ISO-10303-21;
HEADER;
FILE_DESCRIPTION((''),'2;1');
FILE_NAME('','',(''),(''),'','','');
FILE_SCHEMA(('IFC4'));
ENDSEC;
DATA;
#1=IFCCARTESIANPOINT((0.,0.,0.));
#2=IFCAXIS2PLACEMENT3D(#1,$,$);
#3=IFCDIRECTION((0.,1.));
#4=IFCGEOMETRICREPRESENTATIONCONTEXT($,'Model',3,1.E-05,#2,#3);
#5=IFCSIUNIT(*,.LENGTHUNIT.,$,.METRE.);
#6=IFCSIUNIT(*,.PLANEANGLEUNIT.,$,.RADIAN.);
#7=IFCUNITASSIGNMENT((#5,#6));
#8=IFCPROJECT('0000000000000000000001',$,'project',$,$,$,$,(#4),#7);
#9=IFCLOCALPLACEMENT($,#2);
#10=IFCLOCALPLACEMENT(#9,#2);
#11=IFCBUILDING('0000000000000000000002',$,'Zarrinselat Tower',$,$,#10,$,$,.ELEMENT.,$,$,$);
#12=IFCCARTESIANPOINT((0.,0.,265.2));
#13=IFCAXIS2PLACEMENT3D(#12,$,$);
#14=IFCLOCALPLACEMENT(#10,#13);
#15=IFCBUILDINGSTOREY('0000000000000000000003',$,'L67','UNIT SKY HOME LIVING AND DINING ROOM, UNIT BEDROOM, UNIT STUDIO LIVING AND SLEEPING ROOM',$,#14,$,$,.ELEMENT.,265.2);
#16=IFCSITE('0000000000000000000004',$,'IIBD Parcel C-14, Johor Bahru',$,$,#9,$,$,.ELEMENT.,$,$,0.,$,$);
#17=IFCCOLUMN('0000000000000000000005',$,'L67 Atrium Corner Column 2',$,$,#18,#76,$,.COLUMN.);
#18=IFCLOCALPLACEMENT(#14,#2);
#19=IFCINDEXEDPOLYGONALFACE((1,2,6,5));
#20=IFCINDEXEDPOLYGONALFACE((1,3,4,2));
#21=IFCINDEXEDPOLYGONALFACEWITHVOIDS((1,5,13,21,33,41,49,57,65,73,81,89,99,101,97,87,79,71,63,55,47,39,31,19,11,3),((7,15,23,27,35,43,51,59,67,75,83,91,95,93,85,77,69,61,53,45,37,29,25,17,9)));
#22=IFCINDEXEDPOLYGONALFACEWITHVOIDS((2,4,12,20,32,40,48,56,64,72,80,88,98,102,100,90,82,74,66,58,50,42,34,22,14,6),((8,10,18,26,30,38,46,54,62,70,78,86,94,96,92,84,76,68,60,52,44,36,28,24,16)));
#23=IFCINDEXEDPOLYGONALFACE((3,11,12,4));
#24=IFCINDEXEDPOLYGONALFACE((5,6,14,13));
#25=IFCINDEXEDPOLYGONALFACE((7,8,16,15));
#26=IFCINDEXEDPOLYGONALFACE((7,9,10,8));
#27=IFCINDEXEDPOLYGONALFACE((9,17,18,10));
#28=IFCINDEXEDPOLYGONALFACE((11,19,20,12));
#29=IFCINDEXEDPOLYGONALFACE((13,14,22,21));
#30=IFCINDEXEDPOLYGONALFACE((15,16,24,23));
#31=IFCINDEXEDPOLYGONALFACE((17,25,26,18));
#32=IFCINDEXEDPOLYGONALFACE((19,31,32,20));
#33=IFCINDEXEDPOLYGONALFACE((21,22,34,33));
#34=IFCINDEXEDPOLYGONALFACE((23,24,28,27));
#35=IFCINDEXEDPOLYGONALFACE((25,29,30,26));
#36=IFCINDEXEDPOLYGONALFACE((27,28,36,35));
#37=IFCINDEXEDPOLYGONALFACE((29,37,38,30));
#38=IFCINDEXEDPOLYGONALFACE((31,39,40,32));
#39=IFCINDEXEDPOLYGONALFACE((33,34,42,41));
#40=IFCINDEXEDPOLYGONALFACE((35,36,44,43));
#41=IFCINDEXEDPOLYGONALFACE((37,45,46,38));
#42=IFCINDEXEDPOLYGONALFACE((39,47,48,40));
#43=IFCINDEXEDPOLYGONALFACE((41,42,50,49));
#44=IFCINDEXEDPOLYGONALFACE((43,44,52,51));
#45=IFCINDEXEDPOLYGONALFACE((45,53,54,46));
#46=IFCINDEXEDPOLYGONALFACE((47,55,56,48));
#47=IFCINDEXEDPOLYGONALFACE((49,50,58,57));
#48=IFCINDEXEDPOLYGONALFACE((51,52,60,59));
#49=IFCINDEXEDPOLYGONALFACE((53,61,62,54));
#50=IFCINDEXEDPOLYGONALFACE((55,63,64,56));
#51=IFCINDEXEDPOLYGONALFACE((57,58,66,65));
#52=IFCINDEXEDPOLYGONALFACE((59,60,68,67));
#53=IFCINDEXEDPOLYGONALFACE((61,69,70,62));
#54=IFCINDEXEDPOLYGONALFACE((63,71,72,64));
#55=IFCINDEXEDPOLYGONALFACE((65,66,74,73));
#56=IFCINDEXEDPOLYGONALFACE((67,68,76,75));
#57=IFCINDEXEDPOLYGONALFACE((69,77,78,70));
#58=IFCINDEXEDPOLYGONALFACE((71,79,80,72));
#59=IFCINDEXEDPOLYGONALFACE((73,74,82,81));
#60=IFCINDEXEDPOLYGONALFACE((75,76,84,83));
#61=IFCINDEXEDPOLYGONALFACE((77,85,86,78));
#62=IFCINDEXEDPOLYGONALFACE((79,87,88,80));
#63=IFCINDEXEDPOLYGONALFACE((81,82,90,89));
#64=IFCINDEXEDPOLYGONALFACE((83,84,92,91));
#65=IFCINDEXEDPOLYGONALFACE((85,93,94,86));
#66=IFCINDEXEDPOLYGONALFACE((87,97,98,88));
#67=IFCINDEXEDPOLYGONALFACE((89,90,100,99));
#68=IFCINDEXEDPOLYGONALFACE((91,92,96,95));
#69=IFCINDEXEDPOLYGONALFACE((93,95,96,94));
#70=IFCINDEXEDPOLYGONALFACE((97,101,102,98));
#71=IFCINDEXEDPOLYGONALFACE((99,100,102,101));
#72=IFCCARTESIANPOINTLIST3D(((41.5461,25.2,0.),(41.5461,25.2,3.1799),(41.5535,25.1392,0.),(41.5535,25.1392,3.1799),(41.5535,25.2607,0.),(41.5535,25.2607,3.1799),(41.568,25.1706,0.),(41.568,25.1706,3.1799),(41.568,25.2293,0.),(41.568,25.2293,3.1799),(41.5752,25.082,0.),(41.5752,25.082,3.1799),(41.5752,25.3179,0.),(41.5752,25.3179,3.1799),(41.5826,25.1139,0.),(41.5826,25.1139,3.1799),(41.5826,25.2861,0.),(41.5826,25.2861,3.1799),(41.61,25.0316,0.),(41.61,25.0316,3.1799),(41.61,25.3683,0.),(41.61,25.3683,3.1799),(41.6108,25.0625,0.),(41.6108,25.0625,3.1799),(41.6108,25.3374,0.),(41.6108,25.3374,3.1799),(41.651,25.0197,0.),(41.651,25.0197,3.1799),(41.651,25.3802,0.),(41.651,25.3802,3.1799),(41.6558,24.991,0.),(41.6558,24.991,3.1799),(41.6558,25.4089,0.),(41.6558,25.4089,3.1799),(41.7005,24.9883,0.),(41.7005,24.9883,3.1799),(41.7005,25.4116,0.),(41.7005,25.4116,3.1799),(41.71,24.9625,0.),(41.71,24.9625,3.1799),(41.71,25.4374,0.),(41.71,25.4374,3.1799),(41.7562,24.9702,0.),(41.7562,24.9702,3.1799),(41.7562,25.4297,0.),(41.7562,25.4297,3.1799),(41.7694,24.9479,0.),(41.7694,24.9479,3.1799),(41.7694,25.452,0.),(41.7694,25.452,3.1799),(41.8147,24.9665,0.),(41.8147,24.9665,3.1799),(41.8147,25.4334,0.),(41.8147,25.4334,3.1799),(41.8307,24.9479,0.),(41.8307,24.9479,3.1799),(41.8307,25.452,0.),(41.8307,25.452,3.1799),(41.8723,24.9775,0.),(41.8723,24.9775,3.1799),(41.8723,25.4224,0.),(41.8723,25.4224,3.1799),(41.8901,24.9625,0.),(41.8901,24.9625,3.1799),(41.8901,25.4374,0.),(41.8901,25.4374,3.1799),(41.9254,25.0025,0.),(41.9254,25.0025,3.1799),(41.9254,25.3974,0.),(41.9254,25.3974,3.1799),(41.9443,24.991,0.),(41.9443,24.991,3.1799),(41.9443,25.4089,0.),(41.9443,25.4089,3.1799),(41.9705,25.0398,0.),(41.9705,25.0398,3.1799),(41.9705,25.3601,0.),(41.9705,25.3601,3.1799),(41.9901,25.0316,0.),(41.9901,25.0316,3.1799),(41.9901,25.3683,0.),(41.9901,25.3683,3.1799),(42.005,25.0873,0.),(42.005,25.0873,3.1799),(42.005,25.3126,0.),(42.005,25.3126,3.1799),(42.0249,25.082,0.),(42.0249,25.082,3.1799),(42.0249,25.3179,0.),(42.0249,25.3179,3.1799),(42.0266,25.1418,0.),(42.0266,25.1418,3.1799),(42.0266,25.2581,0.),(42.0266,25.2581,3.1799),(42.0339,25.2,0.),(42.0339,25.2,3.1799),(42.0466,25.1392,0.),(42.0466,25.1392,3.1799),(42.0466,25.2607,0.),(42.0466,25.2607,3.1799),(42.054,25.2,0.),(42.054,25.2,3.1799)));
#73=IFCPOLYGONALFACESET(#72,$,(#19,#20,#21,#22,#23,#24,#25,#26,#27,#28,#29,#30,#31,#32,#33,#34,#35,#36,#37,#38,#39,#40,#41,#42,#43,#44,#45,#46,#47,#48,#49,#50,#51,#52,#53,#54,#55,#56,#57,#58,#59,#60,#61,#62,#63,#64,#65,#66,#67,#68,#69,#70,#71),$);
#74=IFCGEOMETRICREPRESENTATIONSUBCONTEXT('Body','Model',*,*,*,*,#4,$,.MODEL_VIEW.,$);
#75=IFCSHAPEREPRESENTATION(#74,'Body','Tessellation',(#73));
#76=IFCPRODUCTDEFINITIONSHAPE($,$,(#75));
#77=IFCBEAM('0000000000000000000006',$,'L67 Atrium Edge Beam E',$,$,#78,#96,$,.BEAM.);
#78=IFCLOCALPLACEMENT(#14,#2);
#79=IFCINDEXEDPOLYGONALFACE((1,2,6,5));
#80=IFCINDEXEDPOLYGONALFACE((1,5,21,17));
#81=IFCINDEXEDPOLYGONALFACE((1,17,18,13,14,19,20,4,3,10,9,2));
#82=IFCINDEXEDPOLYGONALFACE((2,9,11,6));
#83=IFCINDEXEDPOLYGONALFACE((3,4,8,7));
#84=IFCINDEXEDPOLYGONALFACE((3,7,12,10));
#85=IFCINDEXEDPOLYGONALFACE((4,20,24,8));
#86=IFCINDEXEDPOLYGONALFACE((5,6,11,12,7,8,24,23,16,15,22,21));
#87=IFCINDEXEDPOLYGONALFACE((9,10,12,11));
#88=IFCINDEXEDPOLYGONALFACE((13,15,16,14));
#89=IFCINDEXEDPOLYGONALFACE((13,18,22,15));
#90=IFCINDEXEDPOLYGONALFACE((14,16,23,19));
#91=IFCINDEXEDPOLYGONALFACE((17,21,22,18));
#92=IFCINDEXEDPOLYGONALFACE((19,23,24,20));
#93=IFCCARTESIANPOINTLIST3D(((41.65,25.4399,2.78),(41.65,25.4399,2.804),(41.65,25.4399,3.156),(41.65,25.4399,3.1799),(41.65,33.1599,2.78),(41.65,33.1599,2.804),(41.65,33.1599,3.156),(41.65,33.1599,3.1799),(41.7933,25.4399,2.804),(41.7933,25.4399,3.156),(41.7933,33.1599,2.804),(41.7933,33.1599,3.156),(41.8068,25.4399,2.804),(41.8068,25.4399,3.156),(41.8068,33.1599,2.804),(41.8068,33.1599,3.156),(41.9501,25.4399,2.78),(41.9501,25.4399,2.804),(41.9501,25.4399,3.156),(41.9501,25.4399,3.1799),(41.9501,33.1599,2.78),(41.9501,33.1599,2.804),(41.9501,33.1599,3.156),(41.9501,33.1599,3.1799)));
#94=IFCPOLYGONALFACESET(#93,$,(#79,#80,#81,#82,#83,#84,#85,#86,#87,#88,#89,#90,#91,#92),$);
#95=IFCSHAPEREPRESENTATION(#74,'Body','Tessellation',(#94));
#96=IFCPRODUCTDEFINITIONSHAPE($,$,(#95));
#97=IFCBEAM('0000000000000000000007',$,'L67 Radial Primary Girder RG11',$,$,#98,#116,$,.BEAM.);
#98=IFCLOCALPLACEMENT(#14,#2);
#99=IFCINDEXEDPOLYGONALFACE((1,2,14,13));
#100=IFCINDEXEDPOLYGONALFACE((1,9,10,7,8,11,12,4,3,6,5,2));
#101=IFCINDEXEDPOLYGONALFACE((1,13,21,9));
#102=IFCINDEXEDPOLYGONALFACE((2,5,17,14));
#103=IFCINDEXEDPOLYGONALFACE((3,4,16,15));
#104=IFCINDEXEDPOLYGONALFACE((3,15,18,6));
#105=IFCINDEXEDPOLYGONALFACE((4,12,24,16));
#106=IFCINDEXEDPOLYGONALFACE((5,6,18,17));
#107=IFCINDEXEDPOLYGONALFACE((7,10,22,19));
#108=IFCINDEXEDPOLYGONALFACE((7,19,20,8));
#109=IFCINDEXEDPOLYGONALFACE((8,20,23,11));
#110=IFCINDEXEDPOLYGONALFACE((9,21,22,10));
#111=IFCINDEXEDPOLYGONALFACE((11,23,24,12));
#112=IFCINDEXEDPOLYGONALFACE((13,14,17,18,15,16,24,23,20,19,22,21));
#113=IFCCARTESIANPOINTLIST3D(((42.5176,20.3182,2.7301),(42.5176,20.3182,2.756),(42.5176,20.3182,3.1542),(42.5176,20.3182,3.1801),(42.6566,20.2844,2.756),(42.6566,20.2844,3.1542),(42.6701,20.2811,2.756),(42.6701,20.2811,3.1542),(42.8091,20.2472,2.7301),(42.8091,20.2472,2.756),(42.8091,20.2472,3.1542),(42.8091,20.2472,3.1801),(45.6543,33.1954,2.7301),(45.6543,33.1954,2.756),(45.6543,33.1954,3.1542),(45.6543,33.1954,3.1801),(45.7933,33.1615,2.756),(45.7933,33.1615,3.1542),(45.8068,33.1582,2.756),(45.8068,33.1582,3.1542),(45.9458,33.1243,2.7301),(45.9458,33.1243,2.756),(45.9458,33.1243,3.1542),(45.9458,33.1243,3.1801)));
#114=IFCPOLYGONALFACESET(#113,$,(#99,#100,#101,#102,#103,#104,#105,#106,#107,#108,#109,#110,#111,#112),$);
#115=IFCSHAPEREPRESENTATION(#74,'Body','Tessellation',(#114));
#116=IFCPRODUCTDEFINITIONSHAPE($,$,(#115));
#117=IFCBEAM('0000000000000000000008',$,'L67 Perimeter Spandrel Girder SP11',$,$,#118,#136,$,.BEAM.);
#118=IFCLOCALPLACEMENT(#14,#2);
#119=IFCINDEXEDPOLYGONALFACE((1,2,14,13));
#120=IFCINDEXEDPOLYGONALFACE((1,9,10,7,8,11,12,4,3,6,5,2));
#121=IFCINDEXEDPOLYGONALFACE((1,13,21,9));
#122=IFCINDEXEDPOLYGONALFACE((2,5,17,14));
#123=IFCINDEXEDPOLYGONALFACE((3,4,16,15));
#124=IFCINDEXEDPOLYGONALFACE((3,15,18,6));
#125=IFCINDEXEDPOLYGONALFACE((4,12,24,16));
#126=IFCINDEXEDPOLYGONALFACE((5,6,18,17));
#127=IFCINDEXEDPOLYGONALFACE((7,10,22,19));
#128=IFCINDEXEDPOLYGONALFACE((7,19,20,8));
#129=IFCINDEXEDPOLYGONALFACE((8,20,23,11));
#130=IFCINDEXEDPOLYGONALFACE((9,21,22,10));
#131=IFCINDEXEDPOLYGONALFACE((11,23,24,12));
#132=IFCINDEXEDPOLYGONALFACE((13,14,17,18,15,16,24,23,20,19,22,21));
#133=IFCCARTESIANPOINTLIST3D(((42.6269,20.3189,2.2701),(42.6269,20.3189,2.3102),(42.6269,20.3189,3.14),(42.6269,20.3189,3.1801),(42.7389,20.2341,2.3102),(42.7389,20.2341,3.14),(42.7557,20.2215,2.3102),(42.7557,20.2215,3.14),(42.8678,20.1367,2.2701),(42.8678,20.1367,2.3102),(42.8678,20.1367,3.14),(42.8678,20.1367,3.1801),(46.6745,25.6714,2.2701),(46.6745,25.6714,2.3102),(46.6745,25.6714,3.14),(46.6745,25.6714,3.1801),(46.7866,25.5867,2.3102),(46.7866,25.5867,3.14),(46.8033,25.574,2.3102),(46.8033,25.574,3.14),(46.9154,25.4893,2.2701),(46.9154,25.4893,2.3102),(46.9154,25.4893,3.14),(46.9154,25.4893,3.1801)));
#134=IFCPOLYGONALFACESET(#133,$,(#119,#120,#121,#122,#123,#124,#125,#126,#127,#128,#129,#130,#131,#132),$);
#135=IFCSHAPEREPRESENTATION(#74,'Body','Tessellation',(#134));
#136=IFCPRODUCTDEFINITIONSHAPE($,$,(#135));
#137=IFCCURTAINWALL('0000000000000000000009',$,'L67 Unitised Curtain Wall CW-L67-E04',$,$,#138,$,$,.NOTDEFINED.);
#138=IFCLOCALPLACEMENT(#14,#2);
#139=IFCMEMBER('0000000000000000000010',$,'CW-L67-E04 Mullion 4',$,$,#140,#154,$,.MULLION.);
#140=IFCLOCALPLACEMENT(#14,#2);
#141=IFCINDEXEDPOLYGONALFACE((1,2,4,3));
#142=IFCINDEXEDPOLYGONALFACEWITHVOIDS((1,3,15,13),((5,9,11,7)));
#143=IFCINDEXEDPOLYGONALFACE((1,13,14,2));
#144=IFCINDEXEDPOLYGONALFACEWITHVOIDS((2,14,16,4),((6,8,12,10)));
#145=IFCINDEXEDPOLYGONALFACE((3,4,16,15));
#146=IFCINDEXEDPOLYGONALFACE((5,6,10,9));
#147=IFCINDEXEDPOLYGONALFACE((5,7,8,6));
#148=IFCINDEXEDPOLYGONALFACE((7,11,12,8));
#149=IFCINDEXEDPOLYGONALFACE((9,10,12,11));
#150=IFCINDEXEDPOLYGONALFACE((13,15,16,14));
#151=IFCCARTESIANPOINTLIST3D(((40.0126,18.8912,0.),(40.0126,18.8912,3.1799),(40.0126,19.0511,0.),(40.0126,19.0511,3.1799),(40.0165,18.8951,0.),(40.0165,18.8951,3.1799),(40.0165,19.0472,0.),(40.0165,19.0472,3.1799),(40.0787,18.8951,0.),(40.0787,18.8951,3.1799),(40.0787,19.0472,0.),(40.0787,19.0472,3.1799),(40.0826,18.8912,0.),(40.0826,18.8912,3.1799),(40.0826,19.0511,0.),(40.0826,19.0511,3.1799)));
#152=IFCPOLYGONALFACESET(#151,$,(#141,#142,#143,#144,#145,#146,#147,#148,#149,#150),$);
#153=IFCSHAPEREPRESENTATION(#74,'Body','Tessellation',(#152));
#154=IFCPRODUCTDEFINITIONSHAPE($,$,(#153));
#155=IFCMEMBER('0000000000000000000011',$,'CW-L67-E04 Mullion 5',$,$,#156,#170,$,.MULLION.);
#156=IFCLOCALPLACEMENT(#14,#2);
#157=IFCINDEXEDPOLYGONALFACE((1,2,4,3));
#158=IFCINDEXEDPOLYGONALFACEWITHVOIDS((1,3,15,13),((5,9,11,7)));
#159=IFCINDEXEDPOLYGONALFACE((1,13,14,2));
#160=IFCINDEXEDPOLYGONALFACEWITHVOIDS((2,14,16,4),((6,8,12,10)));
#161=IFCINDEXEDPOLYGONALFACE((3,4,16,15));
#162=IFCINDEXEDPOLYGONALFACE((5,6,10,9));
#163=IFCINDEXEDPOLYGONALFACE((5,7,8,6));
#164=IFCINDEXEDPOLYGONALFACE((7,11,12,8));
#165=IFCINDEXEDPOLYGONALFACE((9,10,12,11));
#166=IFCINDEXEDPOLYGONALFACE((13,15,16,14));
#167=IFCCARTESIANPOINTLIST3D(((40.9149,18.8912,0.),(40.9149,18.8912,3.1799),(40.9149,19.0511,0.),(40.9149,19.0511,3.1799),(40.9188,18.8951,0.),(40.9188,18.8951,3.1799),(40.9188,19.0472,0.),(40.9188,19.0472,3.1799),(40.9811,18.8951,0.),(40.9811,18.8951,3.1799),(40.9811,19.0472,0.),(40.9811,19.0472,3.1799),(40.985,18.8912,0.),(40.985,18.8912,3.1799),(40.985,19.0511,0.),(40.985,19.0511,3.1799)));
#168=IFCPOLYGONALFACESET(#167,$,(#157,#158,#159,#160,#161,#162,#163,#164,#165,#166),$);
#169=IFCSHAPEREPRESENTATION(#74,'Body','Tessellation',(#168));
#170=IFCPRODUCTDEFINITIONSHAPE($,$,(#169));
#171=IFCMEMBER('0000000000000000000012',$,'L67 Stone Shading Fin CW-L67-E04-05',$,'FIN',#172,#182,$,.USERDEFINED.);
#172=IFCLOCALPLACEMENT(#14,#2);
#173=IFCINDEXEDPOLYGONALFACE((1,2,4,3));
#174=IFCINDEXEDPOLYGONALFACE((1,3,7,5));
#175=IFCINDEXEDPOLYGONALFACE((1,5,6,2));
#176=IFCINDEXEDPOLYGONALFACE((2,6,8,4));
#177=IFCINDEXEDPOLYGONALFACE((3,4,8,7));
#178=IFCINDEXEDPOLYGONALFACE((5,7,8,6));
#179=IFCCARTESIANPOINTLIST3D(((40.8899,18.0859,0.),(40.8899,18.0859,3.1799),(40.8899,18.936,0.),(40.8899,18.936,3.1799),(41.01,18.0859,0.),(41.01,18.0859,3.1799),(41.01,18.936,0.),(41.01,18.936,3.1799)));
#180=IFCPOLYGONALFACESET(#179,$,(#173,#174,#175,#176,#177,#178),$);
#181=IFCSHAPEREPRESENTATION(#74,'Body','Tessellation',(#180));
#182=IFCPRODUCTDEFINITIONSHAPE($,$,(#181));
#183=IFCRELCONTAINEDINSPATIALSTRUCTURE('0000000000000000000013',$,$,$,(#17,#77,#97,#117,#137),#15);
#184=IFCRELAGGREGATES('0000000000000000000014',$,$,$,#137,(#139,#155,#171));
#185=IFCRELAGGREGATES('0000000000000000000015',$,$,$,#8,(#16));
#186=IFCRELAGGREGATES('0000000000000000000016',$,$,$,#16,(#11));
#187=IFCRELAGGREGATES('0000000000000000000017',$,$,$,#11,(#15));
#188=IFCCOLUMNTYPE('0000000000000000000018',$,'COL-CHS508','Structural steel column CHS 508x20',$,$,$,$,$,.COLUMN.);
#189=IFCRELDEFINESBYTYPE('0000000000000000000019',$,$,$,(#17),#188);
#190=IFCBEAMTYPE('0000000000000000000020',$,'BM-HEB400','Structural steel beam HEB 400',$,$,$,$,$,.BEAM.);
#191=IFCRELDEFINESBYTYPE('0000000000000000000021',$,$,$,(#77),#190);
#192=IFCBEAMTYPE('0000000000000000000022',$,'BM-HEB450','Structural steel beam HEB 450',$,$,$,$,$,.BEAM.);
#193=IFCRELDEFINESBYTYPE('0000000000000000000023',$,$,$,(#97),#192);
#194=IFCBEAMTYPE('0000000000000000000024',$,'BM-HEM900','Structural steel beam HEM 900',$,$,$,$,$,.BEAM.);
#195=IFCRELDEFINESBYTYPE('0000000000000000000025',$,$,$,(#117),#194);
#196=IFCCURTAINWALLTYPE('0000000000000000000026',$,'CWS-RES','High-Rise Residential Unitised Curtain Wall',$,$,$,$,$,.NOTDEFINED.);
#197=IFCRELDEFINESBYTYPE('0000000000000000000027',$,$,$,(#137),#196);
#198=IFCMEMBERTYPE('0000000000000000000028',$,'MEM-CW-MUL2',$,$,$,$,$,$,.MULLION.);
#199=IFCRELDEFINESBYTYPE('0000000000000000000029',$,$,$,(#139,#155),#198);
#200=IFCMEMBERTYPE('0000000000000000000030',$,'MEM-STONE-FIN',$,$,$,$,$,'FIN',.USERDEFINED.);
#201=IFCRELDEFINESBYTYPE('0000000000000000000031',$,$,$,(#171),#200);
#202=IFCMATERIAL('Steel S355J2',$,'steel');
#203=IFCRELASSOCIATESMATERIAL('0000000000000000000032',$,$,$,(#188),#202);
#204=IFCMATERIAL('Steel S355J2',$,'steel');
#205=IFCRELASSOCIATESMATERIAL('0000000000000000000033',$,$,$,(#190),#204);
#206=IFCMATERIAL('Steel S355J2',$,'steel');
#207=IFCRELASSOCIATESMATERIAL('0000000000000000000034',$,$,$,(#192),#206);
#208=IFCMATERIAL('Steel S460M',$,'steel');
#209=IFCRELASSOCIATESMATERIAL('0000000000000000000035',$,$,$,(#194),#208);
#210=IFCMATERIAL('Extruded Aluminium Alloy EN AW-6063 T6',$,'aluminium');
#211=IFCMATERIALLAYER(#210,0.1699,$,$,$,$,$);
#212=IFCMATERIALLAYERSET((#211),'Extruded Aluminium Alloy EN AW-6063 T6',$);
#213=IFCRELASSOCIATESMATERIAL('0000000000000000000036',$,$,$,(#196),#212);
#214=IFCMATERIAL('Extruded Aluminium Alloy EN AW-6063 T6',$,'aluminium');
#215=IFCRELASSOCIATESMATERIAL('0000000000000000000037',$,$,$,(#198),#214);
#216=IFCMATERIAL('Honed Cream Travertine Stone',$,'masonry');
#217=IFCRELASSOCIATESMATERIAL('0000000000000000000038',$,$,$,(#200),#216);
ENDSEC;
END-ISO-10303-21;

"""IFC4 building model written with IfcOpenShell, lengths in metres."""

from ifc_helpers import new_model, si_unit, direction, frame, origin, origin_2d, place, context, subcontext, project, spatial, rectangle, hollow_rectangle, hollow_circle, i_section, extrude, material, layer, layer_set, material_profile, profile_set, type_object, element, aggregate, save


model = new_model("IFC4")

# Units and contexts
model_context = context("Model", 3, precision=1e-05, world=origin(), true_north=direction((0.0, 1.0)))
body_context = subcontext(model_context, "Body", "Model", "MODEL_VIEW")
ifc_project = project(units=[si_unit("LENGTHUNIT", "METRE"), si_unit("PLANEANGLEUNIT", "RADIAN")], contexts=[model_context])

# Site, building, storey
site_placement = place(None, origin())
site = spatial("IfcSite", under=ifc_project, at=site_placement, Name="IIBD Parcel C-14, Johor Bahru", CompositionType="ELEMENT", RefElevation=0.0)
building_placement = place(site_placement, origin())
building = spatial("IfcBuilding", under=site, at=building_placement, Name="Zarrinselat Tower", CompositionType="ELEMENT")
storey_placement = place(building_placement, frame((0.0, 0.0, 265.2)))
storey = spatial("IfcBuildingStorey", under=building, at=storey_placement, Name="L67", Description="UNIT SKY HOME LIVING AND DINING ROOM, UNIT BEDROOM, UNIT STUDIO LIVING AND SLEEPING ROOM", CompositionType="ELEMENT", Elevation=265.2)

# Column
ifc_material_1 = material(Name="Steel S355J2", Category="steel")
ifc_material_profile_1 = material_profile(ifc_material_1, hollow_circle(Radius=0.2539, WallThickness=0.02, at=origin_2d()), Name="CHS 508x20")
ifc_profile_set_1 = profile_set([ifc_material_profile_1], Name="Steel S355J2")
column_type = type_object("IfcColumnType", Name="COL-CHS508", Description="Structural steel column CHS 508x20", PredefinedType="COLUMN", material=ifc_profile_set_1)
column_placement = place(storey_placement, frame((41.8, 25.2, 0.0), z_axis=(0.0, 0.0, 1.0), x_axis=(1.0, 0.0, 0.0)))
element("IfcColumn", 1, at=column_placement, inside=storey, type_object=column_type, Name="L67 Atrium Corner Column 2", PredefinedType="COLUMN", context=body_context, shape_type="SweptSolid", body=[
    extrude(hollow_circle(Radius=0.2539, WallThickness=0.02, at=origin_2d()), origin(), (0.0, 0.0, 1.0), 3.1799),
])

# Beams
ifc_material_2 = material(Name="Steel S355J2", Category="steel")
ifc_material_profile_2 = material_profile(ifc_material_2, i_section(OverallWidth=0.3, OverallDepth=0.3999, WebThickness=0.0134, FlangeThickness=0.0239, at=origin_2d()), Name="HEB 400")
ifc_profile_set_2 = profile_set([ifc_material_profile_2], Name="Steel S355J2")
beam_type_1 = type_object("IfcBeamType", Name="BM-HEB400", Description="Structural steel beam HEB 400", PredefinedType="BEAM", material=ifc_profile_set_2)
beam_1_placement = place(storey_placement, frame((41.8, 25.4399, 2.98), z_axis=(0.0, 1.0, 0.0), x_axis=(-1.0, 0.0, 0.0)))
element("IfcBeam", 2, at=beam_1_placement, inside=storey, type_object=beam_type_1, Name="L67 Atrium Edge Beam E", PredefinedType="BEAM", context=body_context, shape_type="SweptSolid", body=[
    extrude(i_section(OverallWidth=0.3, OverallDepth=0.3999, WebThickness=0.0134, FlangeThickness=0.0239, at=origin_2d()), origin(), (0.0, 0.0, 1.0), 7.72),
])
ifc_material_3 = material(Name="Steel S355J2", Category="steel")
ifc_material_profile_3 = material_profile(ifc_material_3, i_section(OverallWidth=0.3, OverallDepth=0.45, WebThickness=0.0139, FlangeThickness=0.0259, at=origin_2d()), Name="HEB 450")
ifc_profile_set_3 = profile_set([ifc_material_profile_3], Name="Steel S355J2")
beam_type_2 = type_object("IfcBeamType", Name="BM-HEB450", Description="Structural steel beam HEB 450", PredefinedType="BEAM", material=ifc_profile_set_3)
beam_2_placement = place(storey_placement, frame((42.6633, 20.2827, 2.9551), z_axis=(0.236667, 0.971591, 0.0), x_axis=(-0.971591, 0.236667, 0.0)))
element("IfcBeam", 3, at=beam_2_placement, inside=storey, type_object=beam_type_2, Name="L67 Radial Primary Girder RG11", PredefinedType="BEAM", context=body_context, shape_type="SweptSolid", body=[
    extrude(i_section(OverallWidth=0.3, OverallDepth=0.45, WebThickness=0.0139, FlangeThickness=0.0259, at=origin_2d()), origin(), (0.0, 0.0, 1.0), 13.2537),
])
ifc_material_4 = material(Name="Steel S460M", Category="steel")
ifc_material_profile_4 = material_profile(ifc_material_4, i_section(OverallWidth=0.302, OverallDepth=0.9099, WebThickness=0.021, FlangeThickness=0.04, at=origin_2d()), Name="HEM 900")
ifc_profile_set_4 = profile_set([ifc_material_profile_4], Name="Steel S460M")
beam_type_3 = type_object("IfcBeamType", Name="BM-HEM900", Description="Structural steel beam HEM 900", PredefinedType="BEAM", material=ifc_profile_set_4)
beam_3_placement = place(storey_placement, frame((42.7473, 20.2278, 2.7251), z_axis=(0.603162, 0.797619, 0.0), x_axis=(-0.797619, 0.603162, 0.0)))
element("IfcBeam", 4, at=beam_3_placement, inside=storey, type_object=beam_type_3, Name="L67 Perimeter Spandrel Girder SP11", PredefinedType="BEAM", context=body_context, shape_type="SweptSolid", body=[
    extrude(i_section(OverallWidth=0.302, OverallDepth=0.9099, WebThickness=0.021, FlangeThickness=0.04, at=origin_2d()), origin(), (0.0, 0.0, 1.0), 6.7107),
])

# Curtain wall, members
ifc_material_5 = material(Name="Extruded Aluminium Alloy EN AW-6063 T6", Category="aluminium")
ifc_layer_1 = layer(ifc_material_5, 0.1699)
ifc_layer_set_1 = layer_set([ifc_layer_1], Name="Extruded Aluminium Alloy EN AW-6063 T6")
curtain_wall_type = type_object("IfcCurtainWallType", Name="CWS-RES", Description="High-Rise Residential Unitised Curtain Wall", PredefinedType="NOTDEFINED", material=ifc_layer_set_1)
curtain_wall_placement = place(storey_placement, origin())
curtain_wall = element("IfcCurtainWall", 5, at=curtain_wall_placement, inside=storey, type_object=curtain_wall_type, Name="L67 Unitised Curtain Wall CW-L67-E04", PredefinedType="NOTDEFINED")
ifc_material_6 = material(Name="Extruded Aluminium Alloy EN AW-6063 T6", Category="aluminium")
ifc_material_profile_5 = material_profile(ifc_material_6, hollow_rectangle(XDim=0.0701, YDim=0.1599, WallThickness=0.0039, at=origin_2d()), Name="RHS 160x70x4")
ifc_profile_set_5 = profile_set([ifc_material_profile_5], Name="Extruded Aluminium Alloy EN AW-6063 T6")
member_type_1 = type_object("IfcMemberType", Name="MEM-CW-MUL2", PredefinedType="MULLION", material=ifc_profile_set_5)
member_1_placement = place(storey_placement, frame((40.0476, 18.9712, 0.0), z_axis=(0.0, 0.0, 1.0), x_axis=(1.0, 0.0, 0.0)))
member_1 = element("IfcMember", 6, at=member_1_placement, type_object=member_type_1, Name="CW-L67-E04 Mullion 4", PredefinedType="MULLION", context=body_context, shape_type="SweptSolid", body=[
    extrude(hollow_rectangle(XDim=0.0701, YDim=0.1599, WallThickness=0.0039, at=origin_2d()), origin(), (0.0, 0.0, 1.0), 3.1799),
])
member_2_placement = place(storey_placement, frame((40.95, 18.9712, 0.0), z_axis=(0.0, 0.0, 1.0), x_axis=(1.0, 0.0, 0.0)))
member_2 = element("IfcMember", 7, at=member_2_placement, type_object=member_type_1, Name="CW-L67-E04 Mullion 5", PredefinedType="MULLION", context=body_context, shape_type="SweptSolid", body=[
    extrude(hollow_rectangle(XDim=0.0701, YDim=0.1599, WallThickness=0.0039, at=origin_2d()), origin(), (0.0, 0.0, 1.0), 3.1799),
])
ifc_material_7 = material(Name="Honed Cream Travertine Stone", Category="masonry")
ifc_material_profile_6 = material_profile(ifc_material_7, rectangle(XDim=0.1201, YDim=0.8501, at=origin_2d()), Name="FIN 850x120")
ifc_profile_set_6 = profile_set([ifc_material_profile_6], Name="Honed Cream Travertine Stone")
member_type_2 = type_object("IfcMemberType", Name="MEM-STONE-FIN", ElementType="FIN", PredefinedType="USERDEFINED", material=ifc_profile_set_6)
member_3_placement = place(storey_placement, frame((40.95, 18.511, 0.0), z_axis=(0.0, 0.0, 1.0), x_axis=(-1.0, 0.0, 0.0)))
member_3 = element("IfcMember", 8, at=member_3_placement, type_object=member_type_2, Name="L67 Stone Shading Fin CW-L67-E04-05", ObjectType="FIN", PredefinedType="USERDEFINED", context=body_context, shape_type="SweptSolid", body=[
    extrude(rectangle(XDim=0.1201, YDim=0.8501, at=origin_2d()), origin(), (0.0, 0.0, 1.0), 3.1799),
])
aggregate(curtain_wall, [member_1, member_2, member_3])

save(model, "model.ifc")
